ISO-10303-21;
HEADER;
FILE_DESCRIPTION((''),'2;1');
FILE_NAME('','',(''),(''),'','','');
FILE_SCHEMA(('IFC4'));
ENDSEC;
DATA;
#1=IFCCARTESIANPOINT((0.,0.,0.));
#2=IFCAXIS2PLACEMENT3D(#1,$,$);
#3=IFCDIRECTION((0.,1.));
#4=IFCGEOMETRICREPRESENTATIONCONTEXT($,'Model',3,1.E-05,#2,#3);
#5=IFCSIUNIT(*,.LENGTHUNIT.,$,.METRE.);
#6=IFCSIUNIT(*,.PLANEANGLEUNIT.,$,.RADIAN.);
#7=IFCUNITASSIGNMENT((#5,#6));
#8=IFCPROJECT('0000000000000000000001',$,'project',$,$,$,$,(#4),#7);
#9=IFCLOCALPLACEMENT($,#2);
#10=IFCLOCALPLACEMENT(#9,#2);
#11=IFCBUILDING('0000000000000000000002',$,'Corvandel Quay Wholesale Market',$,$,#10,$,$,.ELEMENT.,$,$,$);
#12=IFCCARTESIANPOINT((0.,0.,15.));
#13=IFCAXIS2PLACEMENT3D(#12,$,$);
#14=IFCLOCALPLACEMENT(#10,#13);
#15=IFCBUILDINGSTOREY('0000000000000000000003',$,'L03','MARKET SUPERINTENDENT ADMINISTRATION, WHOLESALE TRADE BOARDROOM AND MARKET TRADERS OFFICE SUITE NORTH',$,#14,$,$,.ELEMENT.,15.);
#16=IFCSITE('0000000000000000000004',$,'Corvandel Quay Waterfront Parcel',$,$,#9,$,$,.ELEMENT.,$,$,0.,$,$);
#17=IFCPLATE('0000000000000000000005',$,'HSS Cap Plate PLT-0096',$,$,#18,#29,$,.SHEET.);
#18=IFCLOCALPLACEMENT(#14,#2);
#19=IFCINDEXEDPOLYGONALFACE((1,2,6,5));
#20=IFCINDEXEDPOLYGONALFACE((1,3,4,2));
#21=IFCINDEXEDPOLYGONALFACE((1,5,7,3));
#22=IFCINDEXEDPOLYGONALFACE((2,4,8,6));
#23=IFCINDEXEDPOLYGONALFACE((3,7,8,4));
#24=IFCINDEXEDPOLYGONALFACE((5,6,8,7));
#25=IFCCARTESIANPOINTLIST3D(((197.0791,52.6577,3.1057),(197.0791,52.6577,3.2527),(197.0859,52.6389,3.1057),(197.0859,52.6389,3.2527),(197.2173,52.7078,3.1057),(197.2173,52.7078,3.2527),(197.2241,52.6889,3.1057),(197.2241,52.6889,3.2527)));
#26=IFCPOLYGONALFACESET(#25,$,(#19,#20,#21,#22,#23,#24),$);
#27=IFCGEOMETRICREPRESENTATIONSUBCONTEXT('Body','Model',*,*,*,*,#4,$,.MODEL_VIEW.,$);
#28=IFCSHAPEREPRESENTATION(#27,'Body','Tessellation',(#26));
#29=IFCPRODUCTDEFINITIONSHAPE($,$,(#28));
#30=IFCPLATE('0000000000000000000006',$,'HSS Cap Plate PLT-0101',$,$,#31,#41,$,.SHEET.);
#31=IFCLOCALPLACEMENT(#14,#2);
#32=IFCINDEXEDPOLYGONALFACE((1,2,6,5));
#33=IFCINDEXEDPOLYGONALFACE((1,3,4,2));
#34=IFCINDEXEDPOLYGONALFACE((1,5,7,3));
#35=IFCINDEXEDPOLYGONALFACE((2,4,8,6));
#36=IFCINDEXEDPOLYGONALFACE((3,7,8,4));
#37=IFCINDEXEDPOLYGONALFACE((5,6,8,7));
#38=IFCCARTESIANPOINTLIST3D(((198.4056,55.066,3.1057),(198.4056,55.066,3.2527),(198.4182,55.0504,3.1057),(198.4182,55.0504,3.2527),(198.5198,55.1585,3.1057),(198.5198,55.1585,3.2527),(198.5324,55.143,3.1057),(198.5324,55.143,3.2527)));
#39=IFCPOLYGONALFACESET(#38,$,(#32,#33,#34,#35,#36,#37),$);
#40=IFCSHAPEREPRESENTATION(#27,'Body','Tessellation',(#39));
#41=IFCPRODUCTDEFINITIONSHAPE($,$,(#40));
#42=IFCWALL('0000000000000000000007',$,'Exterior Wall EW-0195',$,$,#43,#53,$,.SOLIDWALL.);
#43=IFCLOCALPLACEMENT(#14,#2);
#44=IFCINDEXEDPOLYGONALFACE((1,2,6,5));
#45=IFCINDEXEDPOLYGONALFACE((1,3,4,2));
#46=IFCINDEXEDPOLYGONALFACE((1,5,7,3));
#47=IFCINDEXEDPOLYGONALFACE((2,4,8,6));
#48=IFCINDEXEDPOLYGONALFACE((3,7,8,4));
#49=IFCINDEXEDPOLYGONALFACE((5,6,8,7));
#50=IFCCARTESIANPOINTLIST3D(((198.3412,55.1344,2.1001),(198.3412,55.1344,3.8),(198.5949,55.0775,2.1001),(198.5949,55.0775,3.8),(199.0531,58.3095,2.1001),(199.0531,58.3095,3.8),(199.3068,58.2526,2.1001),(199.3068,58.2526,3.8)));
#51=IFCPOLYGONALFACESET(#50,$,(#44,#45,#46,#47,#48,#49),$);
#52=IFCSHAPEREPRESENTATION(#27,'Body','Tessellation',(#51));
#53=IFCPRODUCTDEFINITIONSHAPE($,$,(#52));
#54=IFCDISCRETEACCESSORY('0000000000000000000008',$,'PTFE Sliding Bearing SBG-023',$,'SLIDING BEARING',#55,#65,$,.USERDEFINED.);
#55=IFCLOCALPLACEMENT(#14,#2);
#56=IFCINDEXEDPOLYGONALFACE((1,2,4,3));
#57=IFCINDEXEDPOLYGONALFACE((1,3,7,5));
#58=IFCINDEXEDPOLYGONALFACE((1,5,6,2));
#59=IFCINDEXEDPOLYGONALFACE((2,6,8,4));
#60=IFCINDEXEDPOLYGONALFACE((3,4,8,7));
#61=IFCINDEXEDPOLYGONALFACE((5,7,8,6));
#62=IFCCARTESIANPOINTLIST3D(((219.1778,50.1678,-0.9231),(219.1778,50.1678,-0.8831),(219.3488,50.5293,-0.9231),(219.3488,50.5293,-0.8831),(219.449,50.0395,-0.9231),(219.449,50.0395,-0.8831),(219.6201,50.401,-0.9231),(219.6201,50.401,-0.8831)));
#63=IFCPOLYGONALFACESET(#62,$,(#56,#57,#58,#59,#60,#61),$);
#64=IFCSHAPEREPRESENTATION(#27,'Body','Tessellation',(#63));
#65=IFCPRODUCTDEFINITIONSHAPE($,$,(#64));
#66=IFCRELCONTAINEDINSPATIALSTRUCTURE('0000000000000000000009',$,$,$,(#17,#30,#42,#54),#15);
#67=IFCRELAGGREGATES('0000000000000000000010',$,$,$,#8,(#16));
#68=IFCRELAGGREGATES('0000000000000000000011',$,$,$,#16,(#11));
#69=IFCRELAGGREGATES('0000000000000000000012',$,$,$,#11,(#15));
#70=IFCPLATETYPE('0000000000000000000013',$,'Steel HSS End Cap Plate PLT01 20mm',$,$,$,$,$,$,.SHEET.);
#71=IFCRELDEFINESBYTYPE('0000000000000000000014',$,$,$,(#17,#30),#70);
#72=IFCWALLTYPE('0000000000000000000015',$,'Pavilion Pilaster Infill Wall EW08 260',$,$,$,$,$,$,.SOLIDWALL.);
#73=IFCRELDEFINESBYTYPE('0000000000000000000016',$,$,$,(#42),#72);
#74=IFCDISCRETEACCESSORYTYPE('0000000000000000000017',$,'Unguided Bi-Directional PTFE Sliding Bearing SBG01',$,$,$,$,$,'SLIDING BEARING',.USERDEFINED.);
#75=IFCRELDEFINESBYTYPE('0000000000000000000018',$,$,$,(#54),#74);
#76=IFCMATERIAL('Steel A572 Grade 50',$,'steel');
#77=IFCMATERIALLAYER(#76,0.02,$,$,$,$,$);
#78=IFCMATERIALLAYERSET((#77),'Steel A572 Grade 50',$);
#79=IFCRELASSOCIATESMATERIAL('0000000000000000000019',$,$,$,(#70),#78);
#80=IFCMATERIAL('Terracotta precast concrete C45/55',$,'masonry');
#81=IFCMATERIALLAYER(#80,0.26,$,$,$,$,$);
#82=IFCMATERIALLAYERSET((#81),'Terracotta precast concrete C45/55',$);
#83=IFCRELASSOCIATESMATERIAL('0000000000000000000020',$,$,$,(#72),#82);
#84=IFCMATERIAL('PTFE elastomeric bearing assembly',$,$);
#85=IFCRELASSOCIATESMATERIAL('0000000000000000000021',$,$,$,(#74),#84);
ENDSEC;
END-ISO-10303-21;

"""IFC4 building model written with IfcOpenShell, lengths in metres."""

from ifc_helpers import new_model, si_unit, direction, frame, frame_2d, origin, origin_2d, place, context, subcontext, project, spatial, rectangle, extrude, material, layer, layer_set, type_object, element, save


model = new_model("IFC4")

# Units and contexts
model_context = context("Model", 3, precision=1e-05, world=origin(), true_north=direction((0.0, 1.0)))
body_context = subcontext(model_context, "Body", "Model", "MODEL_VIEW")
ifc_project = project(units=[si_unit("LENGTHUNIT", "METRE"), si_unit("PLANEANGLEUNIT", "RADIAN")], contexts=[model_context])

# Site, building, storey
site_placement = place(None, origin())
site = spatial("IfcSite", under=ifc_project, at=site_placement, Name="Corvandel Quay Waterfront Parcel", CompositionType="ELEMENT", RefElevation=0.0)
building_placement = place(site_placement, origin())
building = spatial("IfcBuilding", under=site, at=building_placement, Name="Corvandel Quay Wholesale Market", CompositionType="ELEMENT")
storey_placement = place(building_placement, frame((0.0, 0.0, 15.0)))
storey = spatial("IfcBuildingStorey", under=building, at=storey_placement, Name="L03", Description="MARKET SUPERINTENDENT ADMINISTRATION, WHOLESALE TRADE BOARDROOM AND MARKET TRADERS OFFICE SUITE NORTH", CompositionType="ELEMENT", Elevation=15.0)

# Plates
ifc_material_1 = material(Name="Steel A572 Grade 50", Category="steel")
ifc_layer_1 = layer(ifc_material_1, 0.02)
ifc_layer_set_1 = layer_set([ifc_layer_1], Name="Steel A572 Grade 50")
plate_type_1 = type_object("IfcPlateType", Name="Steel HSS End Cap Plate PLT01 20mm", PredefinedType="SHEET", material=ifc_layer_set_1)
for number, where, z_axis, x_axis, name in (
    (1, (197.1516, 52.6733, 3.1057), (0.0, 0.0, 1.0), (0.940288, 0.34038, 0.0), "HSS Cap Plate PLT-0096"),
    (2, (198.469, 55.1045, 3.1057), (0.0, 0.0, 1.0), (0.776816, 0.629727, 0.0), "HSS Cap Plate PLT-0101"),
):
    element("IfcPlate", number, at=place(storey_placement, frame(where, z_axis=z_axis, x_axis=x_axis)), inside=storey, type_object=plate_type_1, Name=name, PredefinedType="SHEET", context=body_context, shape_type="SweptSolid", body=[
        extrude(rectangle(XDim=0.147, YDim=0.02, at=origin_2d()), origin(), (0.0, 0.0, 1.0), 0.147),
    ])

# Wall
ifc_material_2 = material(Name="Terracotta precast concrete C45/55", Category="masonry")
ifc_layer_2 = layer(ifc_material_2, 0.26)
ifc_layer_set_2 = layer_set([ifc_layer_2], Name="Terracotta precast concrete C45/55")
wall_type = type_object("IfcWallType", Name="Pavilion Pilaster Infill Wall EW08 260", PredefinedType="SOLIDWALL", material=ifc_layer_set_2)
wall_placement = place(storey_placement, frame((198.468, 55.106, 2.1001), z_axis=(0.0, 0.0, 1.0), x_axis=(0.218789, 0.975772, 0.0)))
element("IfcWall", 3, at=wall_placement, inside=storey, type_object=wall_type, Name="Exterior Wall EW-0195", PredefinedType="SOLIDWALL", context=body_context, shape_type="SweptSolid", body=[
    extrude(rectangle(XDim=3.2539, YDim=0.26, at=frame_2d((1.627, 0.0))), origin(), (0.0, 0.0, 1.0), 1.7),
])

# Discrete accessory
ifc_material_3 = material(Name="PTFE elastomeric bearing assembly")
discrete_accessory_type = type_object("IfcDiscreteAccessoryType", Name="Unguided Bi-Directional PTFE Sliding Bearing SBG01", ElementType="SLIDING BEARING", PredefinedType="USERDEFINED", material=ifc_material_3)
discrete_accessory_placement = place(storey_placement, frame((219.3989, 50.2844, -0.9231), z_axis=(0.0, 0.0, 1.0), x_axis=(-0.903933, 0.427673, 0.0)))
element("IfcDiscreteAccessory", 4, at=discrete_accessory_placement, inside=storey, type_object=discrete_accessory_type, Name="PTFE Sliding Bearing SBG-023", ObjectType="SLIDING BEARING", PredefinedType="USERDEFINED", context=body_context, shape_type="SweptSolid", body=[
    extrude(rectangle(XDim=0.3, YDim=0.3999, at=origin_2d()), origin(), (0.0, 0.0, 1.0), 0.04),
])

save(model, "model.ifc")
